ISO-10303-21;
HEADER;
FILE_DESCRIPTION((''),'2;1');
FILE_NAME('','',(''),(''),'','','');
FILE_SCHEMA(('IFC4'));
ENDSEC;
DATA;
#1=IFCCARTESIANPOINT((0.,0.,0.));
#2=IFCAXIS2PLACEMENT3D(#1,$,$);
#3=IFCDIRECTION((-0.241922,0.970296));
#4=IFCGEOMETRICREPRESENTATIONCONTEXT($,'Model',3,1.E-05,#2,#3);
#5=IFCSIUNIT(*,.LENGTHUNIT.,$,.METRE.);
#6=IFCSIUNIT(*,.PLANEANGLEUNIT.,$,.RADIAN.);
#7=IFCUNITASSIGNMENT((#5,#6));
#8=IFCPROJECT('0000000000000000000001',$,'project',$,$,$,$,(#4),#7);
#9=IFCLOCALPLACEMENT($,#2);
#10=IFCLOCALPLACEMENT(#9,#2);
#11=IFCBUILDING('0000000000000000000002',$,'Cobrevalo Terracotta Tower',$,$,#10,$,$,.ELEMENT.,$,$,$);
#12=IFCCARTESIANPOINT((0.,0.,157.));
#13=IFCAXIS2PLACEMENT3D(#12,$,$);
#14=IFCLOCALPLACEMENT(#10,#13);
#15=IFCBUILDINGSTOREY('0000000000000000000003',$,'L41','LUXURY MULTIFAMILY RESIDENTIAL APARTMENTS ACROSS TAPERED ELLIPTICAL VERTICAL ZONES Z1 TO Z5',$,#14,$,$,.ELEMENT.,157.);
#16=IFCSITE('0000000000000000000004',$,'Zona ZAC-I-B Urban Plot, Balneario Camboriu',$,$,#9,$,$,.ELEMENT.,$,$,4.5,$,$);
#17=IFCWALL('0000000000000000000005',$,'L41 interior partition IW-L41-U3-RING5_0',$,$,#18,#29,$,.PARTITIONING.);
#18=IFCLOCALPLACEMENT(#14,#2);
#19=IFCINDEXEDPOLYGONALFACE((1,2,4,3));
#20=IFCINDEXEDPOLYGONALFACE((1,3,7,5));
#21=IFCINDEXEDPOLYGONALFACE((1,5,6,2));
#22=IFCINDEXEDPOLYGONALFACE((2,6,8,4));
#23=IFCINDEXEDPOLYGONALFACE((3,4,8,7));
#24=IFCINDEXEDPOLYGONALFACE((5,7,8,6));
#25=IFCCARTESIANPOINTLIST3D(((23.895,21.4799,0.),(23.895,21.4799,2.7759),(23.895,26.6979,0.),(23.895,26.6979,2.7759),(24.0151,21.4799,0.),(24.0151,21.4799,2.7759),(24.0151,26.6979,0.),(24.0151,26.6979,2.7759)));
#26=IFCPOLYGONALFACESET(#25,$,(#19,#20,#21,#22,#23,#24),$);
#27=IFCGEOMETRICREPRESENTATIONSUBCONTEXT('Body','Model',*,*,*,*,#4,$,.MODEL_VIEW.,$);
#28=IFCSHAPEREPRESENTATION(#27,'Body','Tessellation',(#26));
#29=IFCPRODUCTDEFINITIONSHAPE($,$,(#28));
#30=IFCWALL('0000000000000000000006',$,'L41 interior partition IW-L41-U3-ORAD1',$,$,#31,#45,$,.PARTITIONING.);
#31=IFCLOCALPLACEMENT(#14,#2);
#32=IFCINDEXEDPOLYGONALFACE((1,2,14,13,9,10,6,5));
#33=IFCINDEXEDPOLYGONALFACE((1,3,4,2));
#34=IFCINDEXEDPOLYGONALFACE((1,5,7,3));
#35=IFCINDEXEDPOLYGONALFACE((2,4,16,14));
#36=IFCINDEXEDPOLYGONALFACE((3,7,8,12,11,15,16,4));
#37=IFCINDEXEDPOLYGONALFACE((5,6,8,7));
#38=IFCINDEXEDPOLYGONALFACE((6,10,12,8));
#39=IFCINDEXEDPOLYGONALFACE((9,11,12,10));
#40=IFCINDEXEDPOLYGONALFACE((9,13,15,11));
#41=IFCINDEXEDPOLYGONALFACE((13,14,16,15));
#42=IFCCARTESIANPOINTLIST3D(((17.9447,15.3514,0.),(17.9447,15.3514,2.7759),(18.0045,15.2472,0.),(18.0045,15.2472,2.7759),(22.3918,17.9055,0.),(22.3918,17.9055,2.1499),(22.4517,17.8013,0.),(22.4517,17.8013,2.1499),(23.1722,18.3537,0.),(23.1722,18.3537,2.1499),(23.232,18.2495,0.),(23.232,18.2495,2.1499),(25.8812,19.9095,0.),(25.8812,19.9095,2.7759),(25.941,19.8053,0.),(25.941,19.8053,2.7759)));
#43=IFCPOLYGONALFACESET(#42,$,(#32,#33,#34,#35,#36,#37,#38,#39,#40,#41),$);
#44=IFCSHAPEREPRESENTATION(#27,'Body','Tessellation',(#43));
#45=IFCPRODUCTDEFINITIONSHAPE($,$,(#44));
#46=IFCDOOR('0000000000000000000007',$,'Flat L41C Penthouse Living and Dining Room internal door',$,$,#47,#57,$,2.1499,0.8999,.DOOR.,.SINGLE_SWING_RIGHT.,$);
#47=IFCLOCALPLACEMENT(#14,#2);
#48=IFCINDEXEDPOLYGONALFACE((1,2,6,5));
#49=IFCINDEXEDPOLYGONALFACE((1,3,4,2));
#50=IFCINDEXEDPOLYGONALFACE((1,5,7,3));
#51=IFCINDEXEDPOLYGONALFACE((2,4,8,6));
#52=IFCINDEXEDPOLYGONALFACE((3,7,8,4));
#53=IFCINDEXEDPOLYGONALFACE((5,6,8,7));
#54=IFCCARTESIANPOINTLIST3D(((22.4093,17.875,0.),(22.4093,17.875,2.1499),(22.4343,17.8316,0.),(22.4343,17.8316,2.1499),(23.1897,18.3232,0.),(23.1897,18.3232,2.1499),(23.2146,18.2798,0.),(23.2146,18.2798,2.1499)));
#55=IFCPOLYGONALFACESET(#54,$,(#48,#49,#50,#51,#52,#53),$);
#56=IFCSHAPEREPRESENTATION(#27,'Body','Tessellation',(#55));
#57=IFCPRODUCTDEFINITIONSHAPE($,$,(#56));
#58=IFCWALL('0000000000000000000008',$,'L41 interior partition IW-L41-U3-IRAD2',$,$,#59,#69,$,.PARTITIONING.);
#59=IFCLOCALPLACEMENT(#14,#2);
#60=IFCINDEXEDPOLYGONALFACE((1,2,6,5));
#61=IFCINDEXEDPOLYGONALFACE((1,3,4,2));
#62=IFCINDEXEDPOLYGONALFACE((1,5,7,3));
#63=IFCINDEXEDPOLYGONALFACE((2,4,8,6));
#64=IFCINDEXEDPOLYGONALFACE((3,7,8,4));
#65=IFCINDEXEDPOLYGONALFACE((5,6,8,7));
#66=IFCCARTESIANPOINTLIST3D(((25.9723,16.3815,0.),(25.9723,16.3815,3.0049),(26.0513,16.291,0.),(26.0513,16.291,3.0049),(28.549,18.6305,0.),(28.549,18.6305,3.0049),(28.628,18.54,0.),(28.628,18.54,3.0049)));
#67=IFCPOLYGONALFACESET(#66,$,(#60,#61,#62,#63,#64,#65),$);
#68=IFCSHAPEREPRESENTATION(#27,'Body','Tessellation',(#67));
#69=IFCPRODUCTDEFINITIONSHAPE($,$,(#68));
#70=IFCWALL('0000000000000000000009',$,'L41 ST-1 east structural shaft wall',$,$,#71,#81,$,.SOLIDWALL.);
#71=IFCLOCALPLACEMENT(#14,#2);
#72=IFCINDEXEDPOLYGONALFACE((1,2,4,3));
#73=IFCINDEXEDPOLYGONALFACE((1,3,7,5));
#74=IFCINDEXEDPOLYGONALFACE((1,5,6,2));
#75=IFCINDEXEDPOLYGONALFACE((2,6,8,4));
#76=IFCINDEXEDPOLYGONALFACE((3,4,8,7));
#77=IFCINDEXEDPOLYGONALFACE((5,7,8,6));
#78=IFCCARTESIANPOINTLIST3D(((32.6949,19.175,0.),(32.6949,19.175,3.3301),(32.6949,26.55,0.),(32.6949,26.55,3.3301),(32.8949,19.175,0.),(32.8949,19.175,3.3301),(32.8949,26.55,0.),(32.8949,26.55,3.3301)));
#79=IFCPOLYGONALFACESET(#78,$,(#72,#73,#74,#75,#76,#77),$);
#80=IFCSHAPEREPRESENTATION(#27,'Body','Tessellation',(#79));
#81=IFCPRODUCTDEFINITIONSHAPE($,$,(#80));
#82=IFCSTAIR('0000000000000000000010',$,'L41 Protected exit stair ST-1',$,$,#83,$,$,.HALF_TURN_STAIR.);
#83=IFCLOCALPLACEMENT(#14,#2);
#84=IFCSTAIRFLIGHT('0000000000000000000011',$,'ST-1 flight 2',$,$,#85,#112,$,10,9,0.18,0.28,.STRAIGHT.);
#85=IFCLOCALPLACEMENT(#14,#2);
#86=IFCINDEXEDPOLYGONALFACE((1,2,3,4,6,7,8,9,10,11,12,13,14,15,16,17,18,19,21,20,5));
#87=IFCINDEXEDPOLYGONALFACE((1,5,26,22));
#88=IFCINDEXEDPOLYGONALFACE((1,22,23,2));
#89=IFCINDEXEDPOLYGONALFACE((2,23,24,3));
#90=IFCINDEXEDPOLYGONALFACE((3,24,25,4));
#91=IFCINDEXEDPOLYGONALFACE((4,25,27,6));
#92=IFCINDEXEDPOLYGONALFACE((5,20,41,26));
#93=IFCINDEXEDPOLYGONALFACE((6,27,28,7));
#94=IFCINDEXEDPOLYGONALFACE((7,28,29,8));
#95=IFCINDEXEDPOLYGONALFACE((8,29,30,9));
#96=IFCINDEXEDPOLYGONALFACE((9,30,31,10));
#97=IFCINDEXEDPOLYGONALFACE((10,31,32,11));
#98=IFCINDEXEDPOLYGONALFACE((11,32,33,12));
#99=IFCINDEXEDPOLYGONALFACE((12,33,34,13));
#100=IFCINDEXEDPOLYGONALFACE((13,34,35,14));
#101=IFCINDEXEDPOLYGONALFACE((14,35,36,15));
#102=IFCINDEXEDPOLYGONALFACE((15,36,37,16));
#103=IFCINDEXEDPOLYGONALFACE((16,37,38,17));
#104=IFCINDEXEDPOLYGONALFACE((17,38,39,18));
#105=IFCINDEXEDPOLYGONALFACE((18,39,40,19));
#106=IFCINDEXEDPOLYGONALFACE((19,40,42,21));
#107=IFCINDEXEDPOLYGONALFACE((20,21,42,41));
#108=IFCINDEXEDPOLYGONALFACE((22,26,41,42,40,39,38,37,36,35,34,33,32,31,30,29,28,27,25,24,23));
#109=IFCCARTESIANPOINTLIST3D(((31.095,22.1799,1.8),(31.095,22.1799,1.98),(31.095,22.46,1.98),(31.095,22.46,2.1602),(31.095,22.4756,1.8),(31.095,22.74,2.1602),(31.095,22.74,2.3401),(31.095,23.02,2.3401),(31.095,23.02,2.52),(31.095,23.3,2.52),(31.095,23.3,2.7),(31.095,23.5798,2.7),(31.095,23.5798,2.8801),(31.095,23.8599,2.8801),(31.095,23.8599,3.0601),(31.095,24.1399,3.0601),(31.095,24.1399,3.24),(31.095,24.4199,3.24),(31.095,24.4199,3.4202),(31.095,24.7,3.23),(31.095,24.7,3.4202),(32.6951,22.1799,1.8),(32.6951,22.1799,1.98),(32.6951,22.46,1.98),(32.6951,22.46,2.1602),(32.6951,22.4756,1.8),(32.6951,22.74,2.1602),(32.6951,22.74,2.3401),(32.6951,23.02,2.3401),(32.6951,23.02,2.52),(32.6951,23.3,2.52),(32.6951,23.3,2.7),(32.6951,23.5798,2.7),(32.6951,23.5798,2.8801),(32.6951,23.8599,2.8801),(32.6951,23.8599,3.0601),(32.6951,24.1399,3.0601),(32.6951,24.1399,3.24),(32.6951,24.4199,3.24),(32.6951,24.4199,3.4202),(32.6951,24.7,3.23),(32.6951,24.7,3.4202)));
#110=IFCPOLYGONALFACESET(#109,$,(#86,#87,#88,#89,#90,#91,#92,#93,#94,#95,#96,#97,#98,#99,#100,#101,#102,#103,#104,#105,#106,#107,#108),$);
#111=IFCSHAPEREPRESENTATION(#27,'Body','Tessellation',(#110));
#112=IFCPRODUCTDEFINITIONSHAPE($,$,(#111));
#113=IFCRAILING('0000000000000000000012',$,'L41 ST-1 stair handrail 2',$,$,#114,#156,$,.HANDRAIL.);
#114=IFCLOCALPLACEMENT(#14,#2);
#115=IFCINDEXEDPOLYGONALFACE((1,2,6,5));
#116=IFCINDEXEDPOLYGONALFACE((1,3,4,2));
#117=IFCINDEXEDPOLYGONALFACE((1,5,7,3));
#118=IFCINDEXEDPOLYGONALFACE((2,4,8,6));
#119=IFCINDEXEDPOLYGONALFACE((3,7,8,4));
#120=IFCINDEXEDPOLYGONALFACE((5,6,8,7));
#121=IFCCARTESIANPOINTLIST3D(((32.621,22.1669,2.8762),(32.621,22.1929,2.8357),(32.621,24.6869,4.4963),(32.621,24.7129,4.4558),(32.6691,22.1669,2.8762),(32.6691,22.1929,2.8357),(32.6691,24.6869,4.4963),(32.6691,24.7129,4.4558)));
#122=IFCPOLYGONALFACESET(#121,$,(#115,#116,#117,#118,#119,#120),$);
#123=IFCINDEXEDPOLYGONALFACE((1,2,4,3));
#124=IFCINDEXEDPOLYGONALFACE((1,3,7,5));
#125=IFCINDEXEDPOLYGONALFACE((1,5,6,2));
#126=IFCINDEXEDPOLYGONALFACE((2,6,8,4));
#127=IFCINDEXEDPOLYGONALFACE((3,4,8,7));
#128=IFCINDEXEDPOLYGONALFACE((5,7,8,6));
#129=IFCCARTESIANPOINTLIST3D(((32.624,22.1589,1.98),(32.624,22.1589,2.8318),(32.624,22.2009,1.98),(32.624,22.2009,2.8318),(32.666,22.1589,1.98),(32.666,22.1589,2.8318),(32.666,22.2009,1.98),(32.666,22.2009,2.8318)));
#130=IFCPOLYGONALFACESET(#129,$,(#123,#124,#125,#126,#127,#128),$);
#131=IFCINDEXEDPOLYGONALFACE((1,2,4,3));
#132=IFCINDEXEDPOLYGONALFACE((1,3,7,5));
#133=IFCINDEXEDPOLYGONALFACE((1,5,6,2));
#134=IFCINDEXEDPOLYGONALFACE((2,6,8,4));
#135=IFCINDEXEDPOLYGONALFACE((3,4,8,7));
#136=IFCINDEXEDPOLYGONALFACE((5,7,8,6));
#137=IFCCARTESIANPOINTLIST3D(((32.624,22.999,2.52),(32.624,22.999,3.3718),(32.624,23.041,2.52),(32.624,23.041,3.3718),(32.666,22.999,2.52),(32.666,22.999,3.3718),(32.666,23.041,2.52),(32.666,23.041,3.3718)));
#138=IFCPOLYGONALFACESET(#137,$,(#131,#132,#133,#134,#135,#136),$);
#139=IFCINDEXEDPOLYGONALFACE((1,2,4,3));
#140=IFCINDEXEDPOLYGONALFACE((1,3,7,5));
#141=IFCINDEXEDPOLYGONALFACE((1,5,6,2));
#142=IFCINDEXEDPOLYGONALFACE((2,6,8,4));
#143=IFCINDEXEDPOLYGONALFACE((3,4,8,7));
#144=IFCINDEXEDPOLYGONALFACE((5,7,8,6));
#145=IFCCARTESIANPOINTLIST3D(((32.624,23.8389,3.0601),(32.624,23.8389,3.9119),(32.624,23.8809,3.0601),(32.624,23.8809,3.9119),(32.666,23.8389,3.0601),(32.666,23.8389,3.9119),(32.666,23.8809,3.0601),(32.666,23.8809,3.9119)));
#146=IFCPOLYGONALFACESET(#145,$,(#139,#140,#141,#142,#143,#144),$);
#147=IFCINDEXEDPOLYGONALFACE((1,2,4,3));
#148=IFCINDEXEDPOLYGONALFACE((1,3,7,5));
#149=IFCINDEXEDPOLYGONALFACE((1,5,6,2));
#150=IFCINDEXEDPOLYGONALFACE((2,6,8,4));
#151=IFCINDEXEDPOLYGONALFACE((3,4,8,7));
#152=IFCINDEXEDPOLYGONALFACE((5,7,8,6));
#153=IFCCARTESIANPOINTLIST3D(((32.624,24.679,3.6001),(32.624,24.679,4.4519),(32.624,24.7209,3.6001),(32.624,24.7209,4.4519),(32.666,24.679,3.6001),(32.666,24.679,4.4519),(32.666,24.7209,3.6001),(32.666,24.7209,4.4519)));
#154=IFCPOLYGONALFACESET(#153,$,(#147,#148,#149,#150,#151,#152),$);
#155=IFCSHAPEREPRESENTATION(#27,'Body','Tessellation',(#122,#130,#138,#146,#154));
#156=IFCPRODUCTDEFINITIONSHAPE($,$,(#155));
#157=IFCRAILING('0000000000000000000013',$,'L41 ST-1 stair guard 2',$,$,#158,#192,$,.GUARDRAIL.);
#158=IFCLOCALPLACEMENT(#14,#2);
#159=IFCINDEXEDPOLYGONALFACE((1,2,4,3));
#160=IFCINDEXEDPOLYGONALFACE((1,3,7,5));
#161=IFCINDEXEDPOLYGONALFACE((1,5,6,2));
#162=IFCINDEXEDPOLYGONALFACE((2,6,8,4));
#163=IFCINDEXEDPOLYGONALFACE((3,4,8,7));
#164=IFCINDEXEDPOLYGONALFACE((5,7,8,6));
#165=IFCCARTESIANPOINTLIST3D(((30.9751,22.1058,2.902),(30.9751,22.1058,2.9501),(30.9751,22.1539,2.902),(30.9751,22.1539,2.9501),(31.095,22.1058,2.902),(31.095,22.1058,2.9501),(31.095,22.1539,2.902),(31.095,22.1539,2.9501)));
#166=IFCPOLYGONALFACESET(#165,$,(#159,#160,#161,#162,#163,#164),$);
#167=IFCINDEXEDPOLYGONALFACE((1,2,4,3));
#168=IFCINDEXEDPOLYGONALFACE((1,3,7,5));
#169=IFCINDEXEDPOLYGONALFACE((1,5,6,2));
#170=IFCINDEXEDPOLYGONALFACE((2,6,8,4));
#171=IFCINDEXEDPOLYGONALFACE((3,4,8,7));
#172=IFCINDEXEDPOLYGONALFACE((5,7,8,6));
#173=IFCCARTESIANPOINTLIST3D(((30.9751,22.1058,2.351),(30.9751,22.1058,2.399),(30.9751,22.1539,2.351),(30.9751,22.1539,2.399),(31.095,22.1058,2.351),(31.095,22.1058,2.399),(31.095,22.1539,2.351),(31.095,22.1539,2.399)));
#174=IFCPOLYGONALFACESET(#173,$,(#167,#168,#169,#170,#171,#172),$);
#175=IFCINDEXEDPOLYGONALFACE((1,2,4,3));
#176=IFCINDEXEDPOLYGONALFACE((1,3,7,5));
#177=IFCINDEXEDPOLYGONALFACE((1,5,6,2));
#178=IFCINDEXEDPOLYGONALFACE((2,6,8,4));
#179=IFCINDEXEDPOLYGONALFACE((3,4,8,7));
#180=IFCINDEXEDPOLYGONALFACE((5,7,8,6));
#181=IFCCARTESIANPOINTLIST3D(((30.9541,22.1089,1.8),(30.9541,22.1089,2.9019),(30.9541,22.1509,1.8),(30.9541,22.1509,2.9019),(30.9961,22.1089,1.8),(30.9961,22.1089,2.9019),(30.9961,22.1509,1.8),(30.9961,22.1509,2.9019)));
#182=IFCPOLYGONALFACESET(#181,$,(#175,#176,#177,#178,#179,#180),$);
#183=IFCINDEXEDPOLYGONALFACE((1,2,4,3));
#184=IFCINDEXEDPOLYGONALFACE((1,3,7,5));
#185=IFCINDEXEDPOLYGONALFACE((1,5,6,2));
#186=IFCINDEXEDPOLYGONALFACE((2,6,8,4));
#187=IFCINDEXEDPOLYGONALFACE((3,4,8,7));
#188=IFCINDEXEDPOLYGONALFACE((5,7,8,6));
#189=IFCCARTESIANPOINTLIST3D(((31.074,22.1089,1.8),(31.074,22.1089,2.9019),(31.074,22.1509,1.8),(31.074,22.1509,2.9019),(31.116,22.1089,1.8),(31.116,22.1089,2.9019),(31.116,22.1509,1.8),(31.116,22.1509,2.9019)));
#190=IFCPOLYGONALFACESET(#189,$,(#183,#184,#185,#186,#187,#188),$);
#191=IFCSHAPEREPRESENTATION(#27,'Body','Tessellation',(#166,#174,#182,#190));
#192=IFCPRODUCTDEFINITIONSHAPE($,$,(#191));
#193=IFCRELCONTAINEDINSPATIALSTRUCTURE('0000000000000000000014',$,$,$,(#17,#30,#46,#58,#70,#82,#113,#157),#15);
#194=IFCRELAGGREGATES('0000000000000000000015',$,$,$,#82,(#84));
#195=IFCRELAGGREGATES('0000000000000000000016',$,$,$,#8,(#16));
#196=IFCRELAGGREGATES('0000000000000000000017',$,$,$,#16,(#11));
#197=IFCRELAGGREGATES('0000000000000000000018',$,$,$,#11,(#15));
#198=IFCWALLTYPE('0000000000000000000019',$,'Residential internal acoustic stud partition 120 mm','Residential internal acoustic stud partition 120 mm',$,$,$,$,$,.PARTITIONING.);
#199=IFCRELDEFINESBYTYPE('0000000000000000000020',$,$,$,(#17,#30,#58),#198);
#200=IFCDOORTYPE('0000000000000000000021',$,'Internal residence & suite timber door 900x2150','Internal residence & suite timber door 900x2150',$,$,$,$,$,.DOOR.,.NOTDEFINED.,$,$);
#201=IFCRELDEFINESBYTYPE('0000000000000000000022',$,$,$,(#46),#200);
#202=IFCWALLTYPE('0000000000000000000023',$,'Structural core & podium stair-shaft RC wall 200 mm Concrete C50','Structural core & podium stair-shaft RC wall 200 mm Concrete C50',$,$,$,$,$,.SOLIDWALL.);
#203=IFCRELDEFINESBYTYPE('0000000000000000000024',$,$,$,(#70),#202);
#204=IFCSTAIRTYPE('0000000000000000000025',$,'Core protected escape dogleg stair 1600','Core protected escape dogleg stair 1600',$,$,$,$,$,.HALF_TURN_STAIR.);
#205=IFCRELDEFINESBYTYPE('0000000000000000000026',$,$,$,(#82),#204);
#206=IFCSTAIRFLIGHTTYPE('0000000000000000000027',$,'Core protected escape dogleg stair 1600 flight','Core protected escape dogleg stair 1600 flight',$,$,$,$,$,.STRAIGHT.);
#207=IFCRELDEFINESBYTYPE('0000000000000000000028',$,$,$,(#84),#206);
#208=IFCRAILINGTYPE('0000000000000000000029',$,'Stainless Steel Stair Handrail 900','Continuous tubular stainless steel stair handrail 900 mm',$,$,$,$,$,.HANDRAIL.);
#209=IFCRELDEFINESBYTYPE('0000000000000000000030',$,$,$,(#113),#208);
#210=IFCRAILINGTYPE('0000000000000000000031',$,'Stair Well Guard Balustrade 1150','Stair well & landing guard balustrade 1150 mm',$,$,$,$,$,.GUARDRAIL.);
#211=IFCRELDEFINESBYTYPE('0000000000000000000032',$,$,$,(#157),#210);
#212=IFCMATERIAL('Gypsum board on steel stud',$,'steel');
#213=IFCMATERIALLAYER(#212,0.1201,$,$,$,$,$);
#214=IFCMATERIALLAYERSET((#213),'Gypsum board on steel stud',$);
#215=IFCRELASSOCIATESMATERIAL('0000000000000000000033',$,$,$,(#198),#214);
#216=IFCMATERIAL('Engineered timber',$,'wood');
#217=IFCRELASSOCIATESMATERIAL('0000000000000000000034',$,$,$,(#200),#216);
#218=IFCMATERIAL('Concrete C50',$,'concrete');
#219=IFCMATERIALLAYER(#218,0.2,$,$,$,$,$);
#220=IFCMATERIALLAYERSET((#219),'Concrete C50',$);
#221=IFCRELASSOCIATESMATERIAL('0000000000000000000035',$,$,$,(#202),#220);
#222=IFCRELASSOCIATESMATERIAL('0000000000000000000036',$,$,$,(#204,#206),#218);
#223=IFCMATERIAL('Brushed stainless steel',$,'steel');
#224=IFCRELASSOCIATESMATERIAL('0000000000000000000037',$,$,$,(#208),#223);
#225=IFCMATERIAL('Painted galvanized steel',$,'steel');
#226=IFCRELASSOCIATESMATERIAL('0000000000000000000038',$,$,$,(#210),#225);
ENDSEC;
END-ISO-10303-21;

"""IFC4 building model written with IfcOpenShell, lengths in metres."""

from ifc_helpers import new_model, si_unit, direction, frame, frame_2d, origin, origin_2d, place, context, subcontext, project, spatial, polyline, rectangle, outline, extrude, source, transform, mapped, material, layer, layer_set, type_object, element, fill, aggregate, save


model = new_model("IFC4")

# Units and contexts
model_context = context("Model", 3, precision=1e-05, world=origin(), true_north=direction((-0.241922, 0.970296)))
body_context = subcontext(model_context, "Body", "Model", "MODEL_VIEW")
ifc_project = project(units=[si_unit("LENGTHUNIT", "METRE"), si_unit("PLANEANGLEUNIT", "RADIAN")], contexts=[model_context])

# Site, building, storey
site_placement = place(None, origin())
site = spatial("IfcSite", under=ifc_project, at=site_placement, Name="Zona ZAC-I-B Urban Plot, Balneario Camboriu", CompositionType="ELEMENT", RefElevation=4.5)
building_placement = place(site_placement, origin())
building = spatial("IfcBuilding", under=site, at=building_placement, Name="Cobrevalo Terracotta Tower", CompositionType="ELEMENT")
storey_placement = place(building_placement, frame((0.0, 0.0, 157.0)))
storey = spatial("IfcBuildingStorey", under=building, at=storey_placement, Name="L41", Description="LUXURY MULTIFAMILY RESIDENTIAL APARTMENTS ACROSS TAPERED ELLIPTICAL VERTICAL ZONES Z1 TO Z5", CompositionType="ELEMENT", Elevation=157.0)

# Shared definitions
ifc_material_1 = material(Name="Gypsum board on steel stud", Category="steel")

# Shared definitions
ifc_material_2 = material(Name="Concrete C50", Category="concrete")

# Wall
ifc_layer_1 = layer(ifc_material_1, 0.1201)
ifc_layer_set_1 = layer_set([ifc_layer_1], Name="Gypsum board on steel stud")
wall_type_1 = type_object("IfcWallType", Name="Residential internal acoustic stud partition 120 mm", Description="Residential internal acoustic stud partition 120 mm", PredefinedType="PARTITIONING", material=ifc_layer_set_1)
wall_1_placement = place(storey_placement, frame((23.9551, 21.48, 0.0), z_axis=(0.0, 0.0, 1.0), x_axis=(0.0, 1.0, 0.0)))
element("IfcWall", 1, at=wall_1_placement, inside=storey, type_object=wall_type_1, Name="L41 interior partition IW-L41-U3-RING5_0", PredefinedType="PARTITIONING", context=body_context, shape_type="SweptSolid", body=[
    extrude(rectangle(XDim=5.218, YDim=0.1201, at=frame_2d((2.6089, 0.0))), origin(), (0.0, 0.0, 1.0), 2.7759),
])

# Wall, opening, door
wall_2_placement = place(storey_placement, frame((25.9111, 19.8574, 0.0), z_axis=(0.0, 0.0, 1.0), x_axis=(-0.867161, -0.498028, 0.0)))
wall_2 = element("IfcWall", 2, at=wall_2_placement, inside=storey, type_object=wall_type_1, Name="L41 interior partition IW-L41-U3-ORAD1", PredefinedType="PARTITIONING", context=body_context, shape_type="SweptSolid", body=[
    extrude(rectangle(XDim=9.1523, YDim=0.1201, at=frame_2d((4.5762, 0.0))), origin(), (0.0, 0.0, 1.0), 2.7759),
])
opening_1_placement = place(wall_2_placement, frame((3.124, 0.0, 0.0)))
opening_1 = element("IfcOpeningElement", 3, at=opening_1_placement, cuts=wall_2, PredefinedType="OPENING", context=body_context, shape_type="SweptSolid", body=[
    extrude(rectangle(XDim=0.8999, YDim=2.1499, at=frame_2d((0.45, 1.075))), frame((0.0, 0.0701, 0.0), z_axis=(0.0, -1.0, 0.0), x_axis=(1.0, 0.0, 0.0)), (0.0, 0.0, 1.0), 0.1401),
])
ifc_material_3 = material(Name="Engineered timber", Category="wood")
door_type_1 = type_object("IfcDoorType", Name="Internal residence & suite timber door 900x2150", Description="Internal residence & suite timber door 900x2150", OperationType="NOTDEFINED", PredefinedType="DOOR", material=ifc_material_3)
shared_shape_1 = source(origin(), body_context, "Body", "SweptSolid", [
    extrude(rectangle(XDim=0.8999, YDim=2.1499, at=frame_2d((0.45, 1.075))), frame((0.0, 0.0249, 0.0), z_axis=(0.0, -1.0, 0.0), x_axis=(1.0, 0.0, 0.0)), (0.0, 0.0, 1.0), 0.05),
])
door_1_placement = place(opening_1_placement, frame((0.8999, 0.0, 0.0), z_axis=(0.0, 0.0, 1.0), x_axis=(-1.0, 0.0, 0.0)))
door_1 = element("IfcDoor", 4, at=door_1_placement, inside=storey, type_object=door_type_1, Name="Flat L41C Penthouse Living and Dining Room internal door", OperationType="SINGLE_SWING_RIGHT", OverallHeight=2.1499, OverallWidth=0.8999, PredefinedType="DOOR", context=body_context, shape_type="MappedRepresentation", body=[
    mapped(shared_shape_1, transform((0.0, 0.0, 0.0), scale=1.0)),
])
fill(opening_1, door_1)

# Wall
wall_3_placement = place(storey_placement, frame((28.5884, 18.5852, 0.0), z_axis=(0.0, 0.0, 1.0), x_axis=(-0.753381, -0.657584, 0.0)))
element("IfcWall", 5, at=wall_3_placement, inside=storey, type_object=wall_type_1, Name="L41 interior partition IW-L41-U3-IRAD2", PredefinedType="PARTITIONING", context=body_context, shape_type="SweptSolid", body=[
    extrude(rectangle(XDim=3.4202, YDim=0.1201, at=frame_2d((1.71, 0.0))), origin(), (0.0, 0.0, 1.0), 3.0049),
])

# Wall
ifc_layer_2 = layer(ifc_material_2, 0.2)
ifc_layer_set_2 = layer_set([ifc_layer_2], Name="Concrete C50")
wall_type_2 = type_object("IfcWallType", Name="Structural core & podium stair-shaft RC wall 200 mm Concrete C50", Description="Structural core & podium stair-shaft RC wall 200 mm Concrete C50", PredefinedType="SOLIDWALL", material=ifc_layer_set_2)
wall_4_placement = place(storey_placement, frame((32.7949, 19.175, 0.0), z_axis=(0.0, 0.0, 1.0), x_axis=(0.0, 1.0, 0.0)))
element("IfcWall", 6, at=wall_4_placement, inside=storey, type_object=wall_type_2, Name="L41 ST-1 east structural shaft wall", PredefinedType="SOLIDWALL", context=body_context, shape_type="SweptSolid", body=[
    extrude(rectangle(XDim=7.375, YDim=0.2, at=frame_2d((3.6875, 0.0))), origin(), (0.0, 0.0, 1.0), 3.3301),
])

# Stair, stair flight
stair_type = type_object("IfcStairType", Name="Core protected escape dogleg stair 1600", Description="Core protected escape dogleg stair 1600", PredefinedType="HALF_TURN_STAIR", material=ifc_material_2)
stair_placement = place(storey_placement, origin())
stair = element("IfcStair", 7, at=stair_placement, inside=storey, type_object=stair_type, Name="L41 Protected exit stair ST-1", PredefinedType="HALF_TURN_STAIR")
stair_flight_type = type_object("IfcStairFlightType", Name="Core protected escape dogleg stair 1600 flight", Description="Core protected escape dogleg stair 1600 flight", PredefinedType="STRAIGHT", material=ifc_material_2)
stair_flight_placement = place(storey_placement, frame((31.895, 22.1799, 1.8), z_axis=(0.0, 0.0, 1.0), x_axis=(0.0, 1.0, 0.0)))
stair_flight = element("IfcStairFlight", 8, at=stair_flight_placement, type_object=stair_flight_type, Name="ST-1 flight 2", NumberOfRisers=10, NumberOfTreads=9, PredefinedType="STRAIGHT", RiserHeight=0.18, TreadLength=0.28, context=body_context, shape_type="SweptSolid", body=[
    extrude(outline(polyline([(0.0, 0.0), (0.0, 0.1799), (0.28, 0.1799), (0.28, 0.3601), (0.5601, 0.3601), (0.5601, 0.54), (0.8401, 0.54), (0.8401, 0.72), (1.1201, 0.72), (1.1201, 0.8999), (1.3999, 0.8999), (1.3999, 1.0801), (1.6799, 1.0801), (1.6799, 1.26), (1.96, 1.26), (1.96, 1.4399), (2.24, 1.4399), (2.24, 1.6201), (2.52, 1.6201), (2.52, 1.8), (2.52, 1.4299), (0.2957, 0.0), (0.0, 0.0)])), frame((0.0, 0.8, 0.0), z_axis=(0.0, -1.0, 0.0), x_axis=(1.0, 0.0, 0.0)), (0.0, 0.0, 1.0), 1.6001),
])
aggregate(stair, [stair_flight])

# Railings
ifc_material_4 = material(Name="Brushed stainless steel", Category="steel")
railing_type_1 = type_object("IfcRailingType", Name="Stainless Steel Stair Handrail 900", Description="Continuous tubular stainless steel stair handrail 900 mm", PredefinedType="HANDRAIL", material=ifc_material_4)
railing_1_placement = place(storey_placement, frame((32.645, 22.1799, 1.98)))
element("IfcRailing", 9, at=railing_1_placement, inside=storey, type_object=railing_type_1, Name="L41 ST-1 stair handrail 2", PredefinedType="HANDRAIL", context=body_context, shape_type="SweptSolid", body=[
    extrude(rectangle(XDim=0.0481, YDim=0.0481, at=origin_2d()), frame((0.0, 0.0, 0.876), z_axis=(0.0, 0.841163, 0.540782), x_axis=(-1.0, 0.0, 0.0)), (0.0, 0.0, 1.0), 2.9958),
    extrude(rectangle(XDim=0.042, YDim=0.042, at=origin_2d()), origin(), (0.0, 0.0, 1.0), 0.8518),
    extrude(rectangle(XDim=0.042, YDim=0.042, at=origin_2d()), frame((0.0, 0.8401, 0.54)), (0.0, 0.0, 1.0), 0.8518),
    extrude(rectangle(XDim=0.042, YDim=0.042, at=origin_2d()), frame((0.0, 1.6799, 1.0801)), (0.0, 0.0, 1.0), 0.8518),
    extrude(rectangle(XDim=0.042, YDim=0.042, at=origin_2d()), frame((0.0, 2.52, 1.6201)), (0.0, 0.0, 1.0), 0.8518),
])
ifc_material_5 = material(Name="Painted galvanized steel", Category="steel")
railing_type_2 = type_object("IfcRailingType", Name="Stair Well Guard Balustrade 1150", Description="Stair well & landing guard balustrade 1150 mm", PredefinedType="GUARDRAIL", material=ifc_material_5)
railing_2_placement = place(storey_placement, frame((30.9751, 22.1299, 1.8)))
element("IfcRailing", 10, at=railing_2_placement, inside=storey, type_object=railing_type_2, Name="L41 ST-1 stair guard 2", PredefinedType="GUARDRAIL", context=body_context, shape_type="SweptSolid", body=[
    extrude(rectangle(XDim=0.0481, YDim=0.0481, at=origin_2d()), frame((0.0, 0.0, 1.126), z_axis=(1.0, 0.0, 0.0), x_axis=(0.0, 1.0, 0.0)), (0.0, 0.0, 1.0), 0.1199),
    extrude(rectangle(XDim=0.0481, YDim=0.0481, at=origin_2d()), frame((0.0, 0.0, 0.575), z_axis=(1.0, 0.0, 0.0), x_axis=(0.0, 1.0, 0.0)), (0.0, 0.0, 1.0), 0.1199),
    extrude(rectangle(XDim=0.042, YDim=0.042, at=origin_2d()), origin(), (0.0, 0.0, 1.0), 1.1018),
    extrude(rectangle(XDim=0.042, YDim=0.042, at=origin_2d()), frame((0.1199, 0.0, 0.0)), (0.0, 0.0, 1.0), 1.1018),
])

save(model, "model.ifc")
